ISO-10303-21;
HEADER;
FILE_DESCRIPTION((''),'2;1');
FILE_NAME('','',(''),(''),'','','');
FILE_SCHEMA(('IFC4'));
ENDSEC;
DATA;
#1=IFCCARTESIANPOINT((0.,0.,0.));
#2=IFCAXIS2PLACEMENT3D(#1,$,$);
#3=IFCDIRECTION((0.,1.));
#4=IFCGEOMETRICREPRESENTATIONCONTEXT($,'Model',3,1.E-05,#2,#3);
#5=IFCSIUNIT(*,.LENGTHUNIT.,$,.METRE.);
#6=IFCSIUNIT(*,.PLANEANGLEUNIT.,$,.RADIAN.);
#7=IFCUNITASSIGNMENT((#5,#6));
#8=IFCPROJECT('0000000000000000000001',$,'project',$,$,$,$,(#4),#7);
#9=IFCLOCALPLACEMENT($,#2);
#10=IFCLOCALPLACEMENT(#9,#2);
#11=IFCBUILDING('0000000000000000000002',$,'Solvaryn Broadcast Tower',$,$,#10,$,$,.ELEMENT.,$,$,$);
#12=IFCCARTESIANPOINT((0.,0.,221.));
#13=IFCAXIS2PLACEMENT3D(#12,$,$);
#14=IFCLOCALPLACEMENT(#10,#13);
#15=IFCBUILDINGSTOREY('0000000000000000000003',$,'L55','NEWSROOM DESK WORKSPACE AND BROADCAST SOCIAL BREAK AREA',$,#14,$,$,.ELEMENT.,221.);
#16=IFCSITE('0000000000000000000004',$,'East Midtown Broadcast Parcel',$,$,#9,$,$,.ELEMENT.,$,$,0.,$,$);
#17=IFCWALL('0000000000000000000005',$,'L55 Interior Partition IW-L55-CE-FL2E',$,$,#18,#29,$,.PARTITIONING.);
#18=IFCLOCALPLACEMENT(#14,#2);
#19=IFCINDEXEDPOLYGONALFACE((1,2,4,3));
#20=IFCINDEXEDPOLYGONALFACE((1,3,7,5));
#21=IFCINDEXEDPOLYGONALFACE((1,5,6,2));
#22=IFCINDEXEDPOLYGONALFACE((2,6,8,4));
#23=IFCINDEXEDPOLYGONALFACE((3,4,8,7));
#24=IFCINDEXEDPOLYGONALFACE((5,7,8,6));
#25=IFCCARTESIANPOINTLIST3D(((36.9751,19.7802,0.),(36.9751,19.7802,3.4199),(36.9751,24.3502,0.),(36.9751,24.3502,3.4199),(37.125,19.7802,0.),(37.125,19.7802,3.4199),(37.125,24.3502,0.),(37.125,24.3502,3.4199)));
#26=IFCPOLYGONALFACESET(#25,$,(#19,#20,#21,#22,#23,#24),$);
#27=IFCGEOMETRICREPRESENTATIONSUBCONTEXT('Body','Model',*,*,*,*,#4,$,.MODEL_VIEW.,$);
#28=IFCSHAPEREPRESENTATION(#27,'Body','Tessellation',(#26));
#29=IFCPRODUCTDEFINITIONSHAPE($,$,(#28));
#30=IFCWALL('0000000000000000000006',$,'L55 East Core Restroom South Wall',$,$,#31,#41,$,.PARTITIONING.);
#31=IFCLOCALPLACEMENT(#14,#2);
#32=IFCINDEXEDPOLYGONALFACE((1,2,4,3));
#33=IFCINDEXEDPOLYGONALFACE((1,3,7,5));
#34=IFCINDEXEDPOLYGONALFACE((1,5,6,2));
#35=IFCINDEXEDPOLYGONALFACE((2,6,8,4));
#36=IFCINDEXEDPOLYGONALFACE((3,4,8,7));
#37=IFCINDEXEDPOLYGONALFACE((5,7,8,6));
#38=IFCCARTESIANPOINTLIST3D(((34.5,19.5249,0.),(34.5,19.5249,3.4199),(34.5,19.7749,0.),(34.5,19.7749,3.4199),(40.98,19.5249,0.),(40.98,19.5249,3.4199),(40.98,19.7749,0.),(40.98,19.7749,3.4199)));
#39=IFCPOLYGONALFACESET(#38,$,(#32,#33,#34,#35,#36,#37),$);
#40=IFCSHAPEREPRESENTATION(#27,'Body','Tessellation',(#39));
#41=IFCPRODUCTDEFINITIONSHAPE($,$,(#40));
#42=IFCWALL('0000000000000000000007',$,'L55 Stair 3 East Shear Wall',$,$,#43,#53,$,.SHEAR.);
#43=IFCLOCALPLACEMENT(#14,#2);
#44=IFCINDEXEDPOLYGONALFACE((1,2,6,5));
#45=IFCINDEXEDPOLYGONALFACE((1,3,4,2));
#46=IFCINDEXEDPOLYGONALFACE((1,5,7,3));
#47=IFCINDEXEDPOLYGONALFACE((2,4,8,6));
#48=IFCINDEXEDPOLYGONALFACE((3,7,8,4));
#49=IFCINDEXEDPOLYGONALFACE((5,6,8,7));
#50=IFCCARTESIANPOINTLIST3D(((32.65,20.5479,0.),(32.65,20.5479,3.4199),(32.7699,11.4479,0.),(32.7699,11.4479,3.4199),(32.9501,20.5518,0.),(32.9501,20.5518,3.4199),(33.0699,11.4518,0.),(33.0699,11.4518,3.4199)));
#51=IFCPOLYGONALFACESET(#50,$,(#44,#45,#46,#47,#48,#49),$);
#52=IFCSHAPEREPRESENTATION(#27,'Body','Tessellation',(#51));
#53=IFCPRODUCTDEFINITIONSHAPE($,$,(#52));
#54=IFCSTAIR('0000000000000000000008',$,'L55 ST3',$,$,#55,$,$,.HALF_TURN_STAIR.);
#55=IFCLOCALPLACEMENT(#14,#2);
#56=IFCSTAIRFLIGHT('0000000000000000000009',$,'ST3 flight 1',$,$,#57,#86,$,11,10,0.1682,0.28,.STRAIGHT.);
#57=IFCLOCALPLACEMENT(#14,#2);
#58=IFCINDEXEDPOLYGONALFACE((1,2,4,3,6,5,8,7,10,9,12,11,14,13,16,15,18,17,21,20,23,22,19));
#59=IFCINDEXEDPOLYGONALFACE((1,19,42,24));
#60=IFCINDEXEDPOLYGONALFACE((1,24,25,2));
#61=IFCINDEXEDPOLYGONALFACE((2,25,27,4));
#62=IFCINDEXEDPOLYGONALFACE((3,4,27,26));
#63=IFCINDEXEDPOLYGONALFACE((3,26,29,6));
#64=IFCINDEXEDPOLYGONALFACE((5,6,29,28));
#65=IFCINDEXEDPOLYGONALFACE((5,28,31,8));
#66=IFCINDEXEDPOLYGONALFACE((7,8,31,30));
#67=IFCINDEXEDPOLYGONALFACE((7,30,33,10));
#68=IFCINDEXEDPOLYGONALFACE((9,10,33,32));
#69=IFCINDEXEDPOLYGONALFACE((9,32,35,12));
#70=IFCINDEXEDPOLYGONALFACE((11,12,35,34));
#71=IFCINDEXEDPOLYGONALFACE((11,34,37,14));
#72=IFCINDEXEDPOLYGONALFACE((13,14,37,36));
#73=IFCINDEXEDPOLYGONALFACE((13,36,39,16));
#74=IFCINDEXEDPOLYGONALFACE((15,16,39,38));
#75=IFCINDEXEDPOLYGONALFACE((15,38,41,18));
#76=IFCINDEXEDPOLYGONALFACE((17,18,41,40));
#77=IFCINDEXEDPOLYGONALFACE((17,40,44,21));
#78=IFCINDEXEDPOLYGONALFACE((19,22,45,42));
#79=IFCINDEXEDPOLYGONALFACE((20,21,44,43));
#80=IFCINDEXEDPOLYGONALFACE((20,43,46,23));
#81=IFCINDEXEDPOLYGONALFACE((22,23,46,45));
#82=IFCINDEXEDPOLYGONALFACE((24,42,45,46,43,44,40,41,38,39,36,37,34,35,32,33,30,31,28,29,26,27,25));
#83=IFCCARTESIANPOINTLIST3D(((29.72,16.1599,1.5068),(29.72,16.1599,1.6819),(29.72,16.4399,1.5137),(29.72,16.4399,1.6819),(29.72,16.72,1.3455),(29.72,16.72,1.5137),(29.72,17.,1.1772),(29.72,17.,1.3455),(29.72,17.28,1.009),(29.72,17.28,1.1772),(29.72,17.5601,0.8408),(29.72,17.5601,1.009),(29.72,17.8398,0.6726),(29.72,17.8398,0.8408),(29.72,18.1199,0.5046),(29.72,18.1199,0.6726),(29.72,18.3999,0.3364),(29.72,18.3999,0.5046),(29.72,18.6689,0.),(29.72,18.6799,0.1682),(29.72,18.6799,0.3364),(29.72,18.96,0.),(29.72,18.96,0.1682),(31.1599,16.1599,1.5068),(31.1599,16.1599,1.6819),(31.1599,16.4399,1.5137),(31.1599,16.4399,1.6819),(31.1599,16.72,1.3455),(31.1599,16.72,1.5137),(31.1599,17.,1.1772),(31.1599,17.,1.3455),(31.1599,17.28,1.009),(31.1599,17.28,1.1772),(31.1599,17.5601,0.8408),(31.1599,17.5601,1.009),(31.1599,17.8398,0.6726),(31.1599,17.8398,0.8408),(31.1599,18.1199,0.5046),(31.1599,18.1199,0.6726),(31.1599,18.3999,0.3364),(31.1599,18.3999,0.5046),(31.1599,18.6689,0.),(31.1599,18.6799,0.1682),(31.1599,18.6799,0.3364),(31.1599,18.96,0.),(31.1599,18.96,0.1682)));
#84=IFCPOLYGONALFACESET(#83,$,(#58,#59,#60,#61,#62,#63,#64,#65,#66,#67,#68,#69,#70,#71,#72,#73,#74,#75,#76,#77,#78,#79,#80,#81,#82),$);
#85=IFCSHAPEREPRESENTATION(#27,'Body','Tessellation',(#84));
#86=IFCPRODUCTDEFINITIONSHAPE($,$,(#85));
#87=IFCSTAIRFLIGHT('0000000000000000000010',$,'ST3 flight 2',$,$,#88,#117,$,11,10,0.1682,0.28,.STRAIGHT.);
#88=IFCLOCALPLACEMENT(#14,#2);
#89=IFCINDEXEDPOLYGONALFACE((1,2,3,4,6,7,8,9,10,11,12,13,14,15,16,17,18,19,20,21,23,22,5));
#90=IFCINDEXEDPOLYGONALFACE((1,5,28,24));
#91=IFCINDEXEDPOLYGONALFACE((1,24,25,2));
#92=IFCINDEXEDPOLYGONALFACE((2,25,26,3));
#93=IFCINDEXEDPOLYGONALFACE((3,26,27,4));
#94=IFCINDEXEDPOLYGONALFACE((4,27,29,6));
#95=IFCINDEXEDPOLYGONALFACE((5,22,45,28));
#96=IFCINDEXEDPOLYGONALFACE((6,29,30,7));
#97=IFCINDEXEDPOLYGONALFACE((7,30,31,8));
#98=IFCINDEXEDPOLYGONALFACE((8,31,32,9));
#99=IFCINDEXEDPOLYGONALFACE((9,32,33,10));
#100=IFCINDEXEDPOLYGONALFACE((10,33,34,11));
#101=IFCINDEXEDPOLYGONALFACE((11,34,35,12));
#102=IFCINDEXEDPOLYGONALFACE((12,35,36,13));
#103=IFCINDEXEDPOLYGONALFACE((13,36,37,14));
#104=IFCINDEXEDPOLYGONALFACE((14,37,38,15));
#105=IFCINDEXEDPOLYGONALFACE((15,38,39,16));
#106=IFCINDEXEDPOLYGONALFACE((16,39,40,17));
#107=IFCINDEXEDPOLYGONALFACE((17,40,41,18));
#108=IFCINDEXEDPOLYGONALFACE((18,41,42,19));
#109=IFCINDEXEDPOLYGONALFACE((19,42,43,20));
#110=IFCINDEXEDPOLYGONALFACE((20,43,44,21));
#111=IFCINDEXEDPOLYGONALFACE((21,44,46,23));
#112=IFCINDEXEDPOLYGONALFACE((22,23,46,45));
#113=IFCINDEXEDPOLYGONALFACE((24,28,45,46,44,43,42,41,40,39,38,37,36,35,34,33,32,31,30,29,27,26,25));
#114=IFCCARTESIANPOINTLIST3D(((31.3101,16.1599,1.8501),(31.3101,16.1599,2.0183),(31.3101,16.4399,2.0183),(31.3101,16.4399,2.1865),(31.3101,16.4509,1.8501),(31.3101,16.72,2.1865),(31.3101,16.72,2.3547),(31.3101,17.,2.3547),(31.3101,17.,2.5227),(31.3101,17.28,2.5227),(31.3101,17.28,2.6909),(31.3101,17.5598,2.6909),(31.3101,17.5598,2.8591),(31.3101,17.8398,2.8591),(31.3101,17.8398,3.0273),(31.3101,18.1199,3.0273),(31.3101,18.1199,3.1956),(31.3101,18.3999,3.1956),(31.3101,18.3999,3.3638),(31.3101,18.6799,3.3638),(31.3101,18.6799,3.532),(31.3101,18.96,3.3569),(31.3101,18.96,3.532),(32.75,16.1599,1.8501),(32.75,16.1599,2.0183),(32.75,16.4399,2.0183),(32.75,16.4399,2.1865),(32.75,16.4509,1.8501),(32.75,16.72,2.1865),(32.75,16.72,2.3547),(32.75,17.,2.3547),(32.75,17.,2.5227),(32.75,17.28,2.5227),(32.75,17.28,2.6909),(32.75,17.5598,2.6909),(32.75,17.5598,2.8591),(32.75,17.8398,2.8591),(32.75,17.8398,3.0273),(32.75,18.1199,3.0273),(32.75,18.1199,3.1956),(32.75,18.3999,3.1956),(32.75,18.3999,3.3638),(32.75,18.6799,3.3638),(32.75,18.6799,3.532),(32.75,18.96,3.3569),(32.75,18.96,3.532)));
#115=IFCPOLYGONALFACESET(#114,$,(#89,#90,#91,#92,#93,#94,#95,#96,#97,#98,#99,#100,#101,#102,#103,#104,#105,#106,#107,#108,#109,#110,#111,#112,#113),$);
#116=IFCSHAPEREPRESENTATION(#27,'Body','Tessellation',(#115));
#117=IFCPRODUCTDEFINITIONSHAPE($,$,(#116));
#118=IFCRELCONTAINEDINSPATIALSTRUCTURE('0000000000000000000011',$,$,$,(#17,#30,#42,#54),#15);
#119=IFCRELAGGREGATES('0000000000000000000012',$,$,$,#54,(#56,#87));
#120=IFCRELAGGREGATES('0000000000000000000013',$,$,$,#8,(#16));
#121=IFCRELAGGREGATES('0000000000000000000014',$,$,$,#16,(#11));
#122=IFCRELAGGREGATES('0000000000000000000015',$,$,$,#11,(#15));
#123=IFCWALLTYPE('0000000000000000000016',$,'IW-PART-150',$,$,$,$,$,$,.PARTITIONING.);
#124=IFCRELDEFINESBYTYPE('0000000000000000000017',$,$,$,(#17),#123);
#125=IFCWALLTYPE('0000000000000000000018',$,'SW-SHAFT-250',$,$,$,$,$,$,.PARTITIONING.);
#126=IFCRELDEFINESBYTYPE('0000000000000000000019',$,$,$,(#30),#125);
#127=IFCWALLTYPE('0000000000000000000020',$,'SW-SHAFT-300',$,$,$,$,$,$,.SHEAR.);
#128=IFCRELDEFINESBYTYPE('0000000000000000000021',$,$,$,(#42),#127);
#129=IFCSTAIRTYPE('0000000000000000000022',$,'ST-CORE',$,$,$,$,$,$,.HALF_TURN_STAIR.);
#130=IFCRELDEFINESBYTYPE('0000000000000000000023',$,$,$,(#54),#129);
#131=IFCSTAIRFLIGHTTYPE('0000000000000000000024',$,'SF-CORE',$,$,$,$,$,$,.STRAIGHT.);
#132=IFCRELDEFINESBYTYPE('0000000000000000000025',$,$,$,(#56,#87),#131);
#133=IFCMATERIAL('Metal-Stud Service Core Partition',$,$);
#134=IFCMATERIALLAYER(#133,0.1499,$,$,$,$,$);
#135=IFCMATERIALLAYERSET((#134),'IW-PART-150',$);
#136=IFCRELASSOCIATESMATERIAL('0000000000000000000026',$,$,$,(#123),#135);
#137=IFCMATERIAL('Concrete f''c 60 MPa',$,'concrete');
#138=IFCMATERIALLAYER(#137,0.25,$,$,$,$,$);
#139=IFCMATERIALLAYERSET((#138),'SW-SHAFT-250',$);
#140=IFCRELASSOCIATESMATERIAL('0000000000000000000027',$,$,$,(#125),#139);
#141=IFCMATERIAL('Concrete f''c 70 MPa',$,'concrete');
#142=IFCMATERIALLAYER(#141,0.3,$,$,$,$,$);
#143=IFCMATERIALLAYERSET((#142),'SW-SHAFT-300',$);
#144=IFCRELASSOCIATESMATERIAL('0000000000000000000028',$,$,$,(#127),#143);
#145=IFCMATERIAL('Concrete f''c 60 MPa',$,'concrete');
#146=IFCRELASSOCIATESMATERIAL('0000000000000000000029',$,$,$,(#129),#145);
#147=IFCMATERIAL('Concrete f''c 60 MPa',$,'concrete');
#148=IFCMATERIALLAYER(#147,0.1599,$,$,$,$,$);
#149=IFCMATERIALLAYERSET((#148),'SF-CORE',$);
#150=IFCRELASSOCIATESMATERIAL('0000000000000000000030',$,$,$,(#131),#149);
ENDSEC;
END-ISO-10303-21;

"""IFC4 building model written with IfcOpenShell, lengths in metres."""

from ifc_helpers import new_model, si_unit, direction, frame, frame_2d, origin, place, context, subcontext, project, spatial, polyline, rectangle, outline, extrude, material, layer, layer_set, type_object, element, aggregate, save


model = new_model("IFC4")

# Units and contexts
model_context = context("Model", 3, precision=1e-05, world=origin(), true_north=direction((0.0, 1.0)))
body_context = subcontext(model_context, "Body", "Model", "MODEL_VIEW")
ifc_project = project(units=[si_unit("LENGTHUNIT", "METRE"), si_unit("PLANEANGLEUNIT", "RADIAN")], contexts=[model_context])

# Site, building, storey
site_placement = place(None, origin())
site = spatial("IfcSite", under=ifc_project, at=site_placement, Name="East Midtown Broadcast Parcel", CompositionType="ELEMENT", RefElevation=0.0)
building_placement = place(site_placement, origin())
building = spatial("IfcBuilding", under=site, at=building_placement, Name="Solvaryn Broadcast Tower", CompositionType="ELEMENT")
storey_placement = place(building_placement, frame((0.0, 0.0, 221.0)))
storey = spatial("IfcBuildingStorey", under=building, at=storey_placement, Name="L55", Description="NEWSROOM DESK WORKSPACE AND BROADCAST SOCIAL BREAK AREA", CompositionType="ELEMENT", Elevation=221.0)

# Walls
ifc_material_1 = material(Name="Metal-Stud Service Core Partition")
ifc_layer_1 = layer(ifc_material_1, 0.1499)
ifc_layer_set_1 = layer_set([ifc_layer_1], Name="IW-PART-150")
wall_type_1 = type_object("IfcWallType", Name="IW-PART-150", PredefinedType="PARTITIONING", material=ifc_layer_set_1)
wall_1_placement = place(storey_placement, frame((37.05, 19.78, 0.0), z_axis=(0.0, 0.0, 1.0), x_axis=(0.0, 1.0, 0.0)))
element("IfcWall", 1, at=wall_1_placement, inside=storey, type_object=wall_type_1, Name="L55 Interior Partition IW-L55-CE-FL2E", PredefinedType="PARTITIONING", context=body_context, shape_type="SweptSolid", body=[
    extrude(rectangle(XDim=4.5701, YDim=0.1499, at=frame_2d((2.2852, 0.0))), origin(), (0.0, 0.0, 1.0), 3.4199),
])
ifc_material_2 = material(Name="Concrete f'c 60 MPa", Category="concrete")
ifc_layer_2 = layer(ifc_material_2, 0.25)
ifc_layer_set_2 = layer_set([ifc_layer_2], Name="SW-SHAFT-250")
wall_type_2 = type_object("IfcWallType", Name="SW-SHAFT-250", PredefinedType="PARTITIONING", material=ifc_layer_set_2)
wall_2_placement = place(storey_placement, frame((34.5, 19.6499, 0.0), z_axis=(0.0, 0.0, 1.0), x_axis=(1.0, 0.0, 0.0)))
element("IfcWall", 2, at=wall_2_placement, inside=storey, type_object=wall_type_2, Name="L55 East Core Restroom South Wall", PredefinedType="PARTITIONING", context=body_context, shape_type="SweptSolid", body=[
    extrude(rectangle(XDim=6.48, YDim=0.25, at=frame_2d((3.24, 0.0))), origin(), (0.0, 0.0, 1.0), 3.4199),
])
ifc_material_3 = material(Name="Concrete f'c 70 MPa", Category="concrete")
ifc_layer_3 = layer(ifc_material_3, 0.3)
ifc_layer_set_3 = layer_set([ifc_layer_3], Name="SW-SHAFT-300")
wall_type_3 = type_object("IfcWallType", Name="SW-SHAFT-300", PredefinedType="SHEAR", material=ifc_layer_set_3)
wall_3_placement = place(storey_placement, frame((32.9199, 11.45, 0.0), z_axis=(0.0, 0.0, 1.0), x_axis=(-0.013172, 0.999913, 0.0)))
element("IfcWall", 3, at=wall_3_placement, inside=storey, type_object=wall_type_3, Name="L55 Stair 3 East Shear Wall", PredefinedType="SHEAR", context=body_context, shape_type="SweptSolid", body=[
    extrude(rectangle(XDim=9.1008, YDim=0.3, at=frame_2d((4.5503, 0.0))), origin(), (0.0, 0.0, 1.0), 3.4199),
])

# Stair, stair flights
ifc_material_4 = material(Name="Concrete f'c 60 MPa", Category="concrete")
stair_type = type_object("IfcStairType", Name="ST-CORE", PredefinedType="HALF_TURN_STAIR", material=ifc_material_4)
stair_placement = place(storey_placement, origin())
stair = element("IfcStair", 4, at=stair_placement, inside=storey, type_object=stair_type, Name="L55 ST3", PredefinedType="HALF_TURN_STAIR")
ifc_material_5 = material(Name="Concrete f'c 60 MPa", Category="concrete")
ifc_layer_4 = layer(ifc_material_5, 0.1599)
ifc_layer_set_4 = layer_set([ifc_layer_4], Name="SF-CORE")
stair_flight_type = type_object("IfcStairFlightType", Name="SF-CORE", PredefinedType="STRAIGHT", material=ifc_layer_set_4)
stair_flight_1_placement = place(storey_placement, frame((30.4399, 18.96, 0.0), z_axis=(0.0, 0.0, 1.0), x_axis=(0.0, -1.0, 0.0)))
stair_flight_1 = element("IfcStairFlight", 5, at=stair_flight_1_placement, type_object=stair_flight_type, Name="ST3 flight 1", NumberOfRisers=11, NumberOfTreads=10, PredefinedType="STRAIGHT", RiserHeight=0.1682, TreadLength=0.28, context=body_context, shape_type="SweptSolid", body=[
    extrude(outline(polyline([(0.0, 0.0), (0.0, 0.1682), (0.28, 0.1682), (0.28, 0.3364), (0.5601, 0.3364), (0.5601, 0.5046), (0.8401, 0.5046), (0.8401, 0.6726), (1.1201, 0.6726), (1.1201, 0.8408), (1.3999, 0.8408), (1.3999, 1.009), (1.6799, 1.009), (1.6799, 1.1772), (1.96, 1.1772), (1.96, 1.3455), (2.24, 1.3455), (2.24, 1.5137), (2.52, 1.5137), (2.52, 1.6819), (2.8, 1.6819), (2.8, 1.8501), (2.8, 1.5068), (0.291, 0.0), (0.0, 0.0)])), frame((0.0, 0.72, 0.0), z_axis=(0.0, -1.0, 0.0), x_axis=(1.0, 0.0, 0.0)), (0.0, 0.0, 1.0), 1.4399),
])
stair_flight_2_placement = place(storey_placement, frame((32.03, 16.1599, 1.8501), z_axis=(0.0, 0.0, 1.0), x_axis=(0.0, 1.0, 0.0)))
stair_flight_2 = element("IfcStairFlight", 6, at=stair_flight_2_placement, type_object=stair_flight_type, Name="ST3 flight 2", NumberOfRisers=11, NumberOfTreads=10, PredefinedType="STRAIGHT", RiserHeight=0.1682, TreadLength=0.28, context=body_context, shape_type="SweptSolid", body=[
    extrude(outline(polyline([(0.0, 0.0), (0.0, 0.1682), (0.28, 0.1682), (0.28, 0.3364), (0.5601, 0.3364), (0.5601, 0.5046), (0.8401, 0.5046), (0.8401, 0.6726), (1.1201, 0.6726), (1.1201, 0.8408), (1.3999, 0.8408), (1.3999, 1.009), (1.6799, 1.009), (1.6799, 1.1772), (1.96, 1.1772), (1.96, 1.3455), (2.24, 1.3455), (2.24, 1.5137), (2.52, 1.5137), (2.52, 1.6819), (2.8, 1.6819), (2.8, 1.8501), (2.8, 1.5068), (0.291, 0.0), (0.0, 0.0)])), frame((0.0, 0.72, 0.0), z_axis=(0.0, -1.0, 0.0), x_axis=(1.0, 0.0, 0.0)), (0.0, 0.0, 1.0), 1.4399),
])
aggregate(stair, [stair_flight_1, stair_flight_2])

save(model, "model.ifc")
